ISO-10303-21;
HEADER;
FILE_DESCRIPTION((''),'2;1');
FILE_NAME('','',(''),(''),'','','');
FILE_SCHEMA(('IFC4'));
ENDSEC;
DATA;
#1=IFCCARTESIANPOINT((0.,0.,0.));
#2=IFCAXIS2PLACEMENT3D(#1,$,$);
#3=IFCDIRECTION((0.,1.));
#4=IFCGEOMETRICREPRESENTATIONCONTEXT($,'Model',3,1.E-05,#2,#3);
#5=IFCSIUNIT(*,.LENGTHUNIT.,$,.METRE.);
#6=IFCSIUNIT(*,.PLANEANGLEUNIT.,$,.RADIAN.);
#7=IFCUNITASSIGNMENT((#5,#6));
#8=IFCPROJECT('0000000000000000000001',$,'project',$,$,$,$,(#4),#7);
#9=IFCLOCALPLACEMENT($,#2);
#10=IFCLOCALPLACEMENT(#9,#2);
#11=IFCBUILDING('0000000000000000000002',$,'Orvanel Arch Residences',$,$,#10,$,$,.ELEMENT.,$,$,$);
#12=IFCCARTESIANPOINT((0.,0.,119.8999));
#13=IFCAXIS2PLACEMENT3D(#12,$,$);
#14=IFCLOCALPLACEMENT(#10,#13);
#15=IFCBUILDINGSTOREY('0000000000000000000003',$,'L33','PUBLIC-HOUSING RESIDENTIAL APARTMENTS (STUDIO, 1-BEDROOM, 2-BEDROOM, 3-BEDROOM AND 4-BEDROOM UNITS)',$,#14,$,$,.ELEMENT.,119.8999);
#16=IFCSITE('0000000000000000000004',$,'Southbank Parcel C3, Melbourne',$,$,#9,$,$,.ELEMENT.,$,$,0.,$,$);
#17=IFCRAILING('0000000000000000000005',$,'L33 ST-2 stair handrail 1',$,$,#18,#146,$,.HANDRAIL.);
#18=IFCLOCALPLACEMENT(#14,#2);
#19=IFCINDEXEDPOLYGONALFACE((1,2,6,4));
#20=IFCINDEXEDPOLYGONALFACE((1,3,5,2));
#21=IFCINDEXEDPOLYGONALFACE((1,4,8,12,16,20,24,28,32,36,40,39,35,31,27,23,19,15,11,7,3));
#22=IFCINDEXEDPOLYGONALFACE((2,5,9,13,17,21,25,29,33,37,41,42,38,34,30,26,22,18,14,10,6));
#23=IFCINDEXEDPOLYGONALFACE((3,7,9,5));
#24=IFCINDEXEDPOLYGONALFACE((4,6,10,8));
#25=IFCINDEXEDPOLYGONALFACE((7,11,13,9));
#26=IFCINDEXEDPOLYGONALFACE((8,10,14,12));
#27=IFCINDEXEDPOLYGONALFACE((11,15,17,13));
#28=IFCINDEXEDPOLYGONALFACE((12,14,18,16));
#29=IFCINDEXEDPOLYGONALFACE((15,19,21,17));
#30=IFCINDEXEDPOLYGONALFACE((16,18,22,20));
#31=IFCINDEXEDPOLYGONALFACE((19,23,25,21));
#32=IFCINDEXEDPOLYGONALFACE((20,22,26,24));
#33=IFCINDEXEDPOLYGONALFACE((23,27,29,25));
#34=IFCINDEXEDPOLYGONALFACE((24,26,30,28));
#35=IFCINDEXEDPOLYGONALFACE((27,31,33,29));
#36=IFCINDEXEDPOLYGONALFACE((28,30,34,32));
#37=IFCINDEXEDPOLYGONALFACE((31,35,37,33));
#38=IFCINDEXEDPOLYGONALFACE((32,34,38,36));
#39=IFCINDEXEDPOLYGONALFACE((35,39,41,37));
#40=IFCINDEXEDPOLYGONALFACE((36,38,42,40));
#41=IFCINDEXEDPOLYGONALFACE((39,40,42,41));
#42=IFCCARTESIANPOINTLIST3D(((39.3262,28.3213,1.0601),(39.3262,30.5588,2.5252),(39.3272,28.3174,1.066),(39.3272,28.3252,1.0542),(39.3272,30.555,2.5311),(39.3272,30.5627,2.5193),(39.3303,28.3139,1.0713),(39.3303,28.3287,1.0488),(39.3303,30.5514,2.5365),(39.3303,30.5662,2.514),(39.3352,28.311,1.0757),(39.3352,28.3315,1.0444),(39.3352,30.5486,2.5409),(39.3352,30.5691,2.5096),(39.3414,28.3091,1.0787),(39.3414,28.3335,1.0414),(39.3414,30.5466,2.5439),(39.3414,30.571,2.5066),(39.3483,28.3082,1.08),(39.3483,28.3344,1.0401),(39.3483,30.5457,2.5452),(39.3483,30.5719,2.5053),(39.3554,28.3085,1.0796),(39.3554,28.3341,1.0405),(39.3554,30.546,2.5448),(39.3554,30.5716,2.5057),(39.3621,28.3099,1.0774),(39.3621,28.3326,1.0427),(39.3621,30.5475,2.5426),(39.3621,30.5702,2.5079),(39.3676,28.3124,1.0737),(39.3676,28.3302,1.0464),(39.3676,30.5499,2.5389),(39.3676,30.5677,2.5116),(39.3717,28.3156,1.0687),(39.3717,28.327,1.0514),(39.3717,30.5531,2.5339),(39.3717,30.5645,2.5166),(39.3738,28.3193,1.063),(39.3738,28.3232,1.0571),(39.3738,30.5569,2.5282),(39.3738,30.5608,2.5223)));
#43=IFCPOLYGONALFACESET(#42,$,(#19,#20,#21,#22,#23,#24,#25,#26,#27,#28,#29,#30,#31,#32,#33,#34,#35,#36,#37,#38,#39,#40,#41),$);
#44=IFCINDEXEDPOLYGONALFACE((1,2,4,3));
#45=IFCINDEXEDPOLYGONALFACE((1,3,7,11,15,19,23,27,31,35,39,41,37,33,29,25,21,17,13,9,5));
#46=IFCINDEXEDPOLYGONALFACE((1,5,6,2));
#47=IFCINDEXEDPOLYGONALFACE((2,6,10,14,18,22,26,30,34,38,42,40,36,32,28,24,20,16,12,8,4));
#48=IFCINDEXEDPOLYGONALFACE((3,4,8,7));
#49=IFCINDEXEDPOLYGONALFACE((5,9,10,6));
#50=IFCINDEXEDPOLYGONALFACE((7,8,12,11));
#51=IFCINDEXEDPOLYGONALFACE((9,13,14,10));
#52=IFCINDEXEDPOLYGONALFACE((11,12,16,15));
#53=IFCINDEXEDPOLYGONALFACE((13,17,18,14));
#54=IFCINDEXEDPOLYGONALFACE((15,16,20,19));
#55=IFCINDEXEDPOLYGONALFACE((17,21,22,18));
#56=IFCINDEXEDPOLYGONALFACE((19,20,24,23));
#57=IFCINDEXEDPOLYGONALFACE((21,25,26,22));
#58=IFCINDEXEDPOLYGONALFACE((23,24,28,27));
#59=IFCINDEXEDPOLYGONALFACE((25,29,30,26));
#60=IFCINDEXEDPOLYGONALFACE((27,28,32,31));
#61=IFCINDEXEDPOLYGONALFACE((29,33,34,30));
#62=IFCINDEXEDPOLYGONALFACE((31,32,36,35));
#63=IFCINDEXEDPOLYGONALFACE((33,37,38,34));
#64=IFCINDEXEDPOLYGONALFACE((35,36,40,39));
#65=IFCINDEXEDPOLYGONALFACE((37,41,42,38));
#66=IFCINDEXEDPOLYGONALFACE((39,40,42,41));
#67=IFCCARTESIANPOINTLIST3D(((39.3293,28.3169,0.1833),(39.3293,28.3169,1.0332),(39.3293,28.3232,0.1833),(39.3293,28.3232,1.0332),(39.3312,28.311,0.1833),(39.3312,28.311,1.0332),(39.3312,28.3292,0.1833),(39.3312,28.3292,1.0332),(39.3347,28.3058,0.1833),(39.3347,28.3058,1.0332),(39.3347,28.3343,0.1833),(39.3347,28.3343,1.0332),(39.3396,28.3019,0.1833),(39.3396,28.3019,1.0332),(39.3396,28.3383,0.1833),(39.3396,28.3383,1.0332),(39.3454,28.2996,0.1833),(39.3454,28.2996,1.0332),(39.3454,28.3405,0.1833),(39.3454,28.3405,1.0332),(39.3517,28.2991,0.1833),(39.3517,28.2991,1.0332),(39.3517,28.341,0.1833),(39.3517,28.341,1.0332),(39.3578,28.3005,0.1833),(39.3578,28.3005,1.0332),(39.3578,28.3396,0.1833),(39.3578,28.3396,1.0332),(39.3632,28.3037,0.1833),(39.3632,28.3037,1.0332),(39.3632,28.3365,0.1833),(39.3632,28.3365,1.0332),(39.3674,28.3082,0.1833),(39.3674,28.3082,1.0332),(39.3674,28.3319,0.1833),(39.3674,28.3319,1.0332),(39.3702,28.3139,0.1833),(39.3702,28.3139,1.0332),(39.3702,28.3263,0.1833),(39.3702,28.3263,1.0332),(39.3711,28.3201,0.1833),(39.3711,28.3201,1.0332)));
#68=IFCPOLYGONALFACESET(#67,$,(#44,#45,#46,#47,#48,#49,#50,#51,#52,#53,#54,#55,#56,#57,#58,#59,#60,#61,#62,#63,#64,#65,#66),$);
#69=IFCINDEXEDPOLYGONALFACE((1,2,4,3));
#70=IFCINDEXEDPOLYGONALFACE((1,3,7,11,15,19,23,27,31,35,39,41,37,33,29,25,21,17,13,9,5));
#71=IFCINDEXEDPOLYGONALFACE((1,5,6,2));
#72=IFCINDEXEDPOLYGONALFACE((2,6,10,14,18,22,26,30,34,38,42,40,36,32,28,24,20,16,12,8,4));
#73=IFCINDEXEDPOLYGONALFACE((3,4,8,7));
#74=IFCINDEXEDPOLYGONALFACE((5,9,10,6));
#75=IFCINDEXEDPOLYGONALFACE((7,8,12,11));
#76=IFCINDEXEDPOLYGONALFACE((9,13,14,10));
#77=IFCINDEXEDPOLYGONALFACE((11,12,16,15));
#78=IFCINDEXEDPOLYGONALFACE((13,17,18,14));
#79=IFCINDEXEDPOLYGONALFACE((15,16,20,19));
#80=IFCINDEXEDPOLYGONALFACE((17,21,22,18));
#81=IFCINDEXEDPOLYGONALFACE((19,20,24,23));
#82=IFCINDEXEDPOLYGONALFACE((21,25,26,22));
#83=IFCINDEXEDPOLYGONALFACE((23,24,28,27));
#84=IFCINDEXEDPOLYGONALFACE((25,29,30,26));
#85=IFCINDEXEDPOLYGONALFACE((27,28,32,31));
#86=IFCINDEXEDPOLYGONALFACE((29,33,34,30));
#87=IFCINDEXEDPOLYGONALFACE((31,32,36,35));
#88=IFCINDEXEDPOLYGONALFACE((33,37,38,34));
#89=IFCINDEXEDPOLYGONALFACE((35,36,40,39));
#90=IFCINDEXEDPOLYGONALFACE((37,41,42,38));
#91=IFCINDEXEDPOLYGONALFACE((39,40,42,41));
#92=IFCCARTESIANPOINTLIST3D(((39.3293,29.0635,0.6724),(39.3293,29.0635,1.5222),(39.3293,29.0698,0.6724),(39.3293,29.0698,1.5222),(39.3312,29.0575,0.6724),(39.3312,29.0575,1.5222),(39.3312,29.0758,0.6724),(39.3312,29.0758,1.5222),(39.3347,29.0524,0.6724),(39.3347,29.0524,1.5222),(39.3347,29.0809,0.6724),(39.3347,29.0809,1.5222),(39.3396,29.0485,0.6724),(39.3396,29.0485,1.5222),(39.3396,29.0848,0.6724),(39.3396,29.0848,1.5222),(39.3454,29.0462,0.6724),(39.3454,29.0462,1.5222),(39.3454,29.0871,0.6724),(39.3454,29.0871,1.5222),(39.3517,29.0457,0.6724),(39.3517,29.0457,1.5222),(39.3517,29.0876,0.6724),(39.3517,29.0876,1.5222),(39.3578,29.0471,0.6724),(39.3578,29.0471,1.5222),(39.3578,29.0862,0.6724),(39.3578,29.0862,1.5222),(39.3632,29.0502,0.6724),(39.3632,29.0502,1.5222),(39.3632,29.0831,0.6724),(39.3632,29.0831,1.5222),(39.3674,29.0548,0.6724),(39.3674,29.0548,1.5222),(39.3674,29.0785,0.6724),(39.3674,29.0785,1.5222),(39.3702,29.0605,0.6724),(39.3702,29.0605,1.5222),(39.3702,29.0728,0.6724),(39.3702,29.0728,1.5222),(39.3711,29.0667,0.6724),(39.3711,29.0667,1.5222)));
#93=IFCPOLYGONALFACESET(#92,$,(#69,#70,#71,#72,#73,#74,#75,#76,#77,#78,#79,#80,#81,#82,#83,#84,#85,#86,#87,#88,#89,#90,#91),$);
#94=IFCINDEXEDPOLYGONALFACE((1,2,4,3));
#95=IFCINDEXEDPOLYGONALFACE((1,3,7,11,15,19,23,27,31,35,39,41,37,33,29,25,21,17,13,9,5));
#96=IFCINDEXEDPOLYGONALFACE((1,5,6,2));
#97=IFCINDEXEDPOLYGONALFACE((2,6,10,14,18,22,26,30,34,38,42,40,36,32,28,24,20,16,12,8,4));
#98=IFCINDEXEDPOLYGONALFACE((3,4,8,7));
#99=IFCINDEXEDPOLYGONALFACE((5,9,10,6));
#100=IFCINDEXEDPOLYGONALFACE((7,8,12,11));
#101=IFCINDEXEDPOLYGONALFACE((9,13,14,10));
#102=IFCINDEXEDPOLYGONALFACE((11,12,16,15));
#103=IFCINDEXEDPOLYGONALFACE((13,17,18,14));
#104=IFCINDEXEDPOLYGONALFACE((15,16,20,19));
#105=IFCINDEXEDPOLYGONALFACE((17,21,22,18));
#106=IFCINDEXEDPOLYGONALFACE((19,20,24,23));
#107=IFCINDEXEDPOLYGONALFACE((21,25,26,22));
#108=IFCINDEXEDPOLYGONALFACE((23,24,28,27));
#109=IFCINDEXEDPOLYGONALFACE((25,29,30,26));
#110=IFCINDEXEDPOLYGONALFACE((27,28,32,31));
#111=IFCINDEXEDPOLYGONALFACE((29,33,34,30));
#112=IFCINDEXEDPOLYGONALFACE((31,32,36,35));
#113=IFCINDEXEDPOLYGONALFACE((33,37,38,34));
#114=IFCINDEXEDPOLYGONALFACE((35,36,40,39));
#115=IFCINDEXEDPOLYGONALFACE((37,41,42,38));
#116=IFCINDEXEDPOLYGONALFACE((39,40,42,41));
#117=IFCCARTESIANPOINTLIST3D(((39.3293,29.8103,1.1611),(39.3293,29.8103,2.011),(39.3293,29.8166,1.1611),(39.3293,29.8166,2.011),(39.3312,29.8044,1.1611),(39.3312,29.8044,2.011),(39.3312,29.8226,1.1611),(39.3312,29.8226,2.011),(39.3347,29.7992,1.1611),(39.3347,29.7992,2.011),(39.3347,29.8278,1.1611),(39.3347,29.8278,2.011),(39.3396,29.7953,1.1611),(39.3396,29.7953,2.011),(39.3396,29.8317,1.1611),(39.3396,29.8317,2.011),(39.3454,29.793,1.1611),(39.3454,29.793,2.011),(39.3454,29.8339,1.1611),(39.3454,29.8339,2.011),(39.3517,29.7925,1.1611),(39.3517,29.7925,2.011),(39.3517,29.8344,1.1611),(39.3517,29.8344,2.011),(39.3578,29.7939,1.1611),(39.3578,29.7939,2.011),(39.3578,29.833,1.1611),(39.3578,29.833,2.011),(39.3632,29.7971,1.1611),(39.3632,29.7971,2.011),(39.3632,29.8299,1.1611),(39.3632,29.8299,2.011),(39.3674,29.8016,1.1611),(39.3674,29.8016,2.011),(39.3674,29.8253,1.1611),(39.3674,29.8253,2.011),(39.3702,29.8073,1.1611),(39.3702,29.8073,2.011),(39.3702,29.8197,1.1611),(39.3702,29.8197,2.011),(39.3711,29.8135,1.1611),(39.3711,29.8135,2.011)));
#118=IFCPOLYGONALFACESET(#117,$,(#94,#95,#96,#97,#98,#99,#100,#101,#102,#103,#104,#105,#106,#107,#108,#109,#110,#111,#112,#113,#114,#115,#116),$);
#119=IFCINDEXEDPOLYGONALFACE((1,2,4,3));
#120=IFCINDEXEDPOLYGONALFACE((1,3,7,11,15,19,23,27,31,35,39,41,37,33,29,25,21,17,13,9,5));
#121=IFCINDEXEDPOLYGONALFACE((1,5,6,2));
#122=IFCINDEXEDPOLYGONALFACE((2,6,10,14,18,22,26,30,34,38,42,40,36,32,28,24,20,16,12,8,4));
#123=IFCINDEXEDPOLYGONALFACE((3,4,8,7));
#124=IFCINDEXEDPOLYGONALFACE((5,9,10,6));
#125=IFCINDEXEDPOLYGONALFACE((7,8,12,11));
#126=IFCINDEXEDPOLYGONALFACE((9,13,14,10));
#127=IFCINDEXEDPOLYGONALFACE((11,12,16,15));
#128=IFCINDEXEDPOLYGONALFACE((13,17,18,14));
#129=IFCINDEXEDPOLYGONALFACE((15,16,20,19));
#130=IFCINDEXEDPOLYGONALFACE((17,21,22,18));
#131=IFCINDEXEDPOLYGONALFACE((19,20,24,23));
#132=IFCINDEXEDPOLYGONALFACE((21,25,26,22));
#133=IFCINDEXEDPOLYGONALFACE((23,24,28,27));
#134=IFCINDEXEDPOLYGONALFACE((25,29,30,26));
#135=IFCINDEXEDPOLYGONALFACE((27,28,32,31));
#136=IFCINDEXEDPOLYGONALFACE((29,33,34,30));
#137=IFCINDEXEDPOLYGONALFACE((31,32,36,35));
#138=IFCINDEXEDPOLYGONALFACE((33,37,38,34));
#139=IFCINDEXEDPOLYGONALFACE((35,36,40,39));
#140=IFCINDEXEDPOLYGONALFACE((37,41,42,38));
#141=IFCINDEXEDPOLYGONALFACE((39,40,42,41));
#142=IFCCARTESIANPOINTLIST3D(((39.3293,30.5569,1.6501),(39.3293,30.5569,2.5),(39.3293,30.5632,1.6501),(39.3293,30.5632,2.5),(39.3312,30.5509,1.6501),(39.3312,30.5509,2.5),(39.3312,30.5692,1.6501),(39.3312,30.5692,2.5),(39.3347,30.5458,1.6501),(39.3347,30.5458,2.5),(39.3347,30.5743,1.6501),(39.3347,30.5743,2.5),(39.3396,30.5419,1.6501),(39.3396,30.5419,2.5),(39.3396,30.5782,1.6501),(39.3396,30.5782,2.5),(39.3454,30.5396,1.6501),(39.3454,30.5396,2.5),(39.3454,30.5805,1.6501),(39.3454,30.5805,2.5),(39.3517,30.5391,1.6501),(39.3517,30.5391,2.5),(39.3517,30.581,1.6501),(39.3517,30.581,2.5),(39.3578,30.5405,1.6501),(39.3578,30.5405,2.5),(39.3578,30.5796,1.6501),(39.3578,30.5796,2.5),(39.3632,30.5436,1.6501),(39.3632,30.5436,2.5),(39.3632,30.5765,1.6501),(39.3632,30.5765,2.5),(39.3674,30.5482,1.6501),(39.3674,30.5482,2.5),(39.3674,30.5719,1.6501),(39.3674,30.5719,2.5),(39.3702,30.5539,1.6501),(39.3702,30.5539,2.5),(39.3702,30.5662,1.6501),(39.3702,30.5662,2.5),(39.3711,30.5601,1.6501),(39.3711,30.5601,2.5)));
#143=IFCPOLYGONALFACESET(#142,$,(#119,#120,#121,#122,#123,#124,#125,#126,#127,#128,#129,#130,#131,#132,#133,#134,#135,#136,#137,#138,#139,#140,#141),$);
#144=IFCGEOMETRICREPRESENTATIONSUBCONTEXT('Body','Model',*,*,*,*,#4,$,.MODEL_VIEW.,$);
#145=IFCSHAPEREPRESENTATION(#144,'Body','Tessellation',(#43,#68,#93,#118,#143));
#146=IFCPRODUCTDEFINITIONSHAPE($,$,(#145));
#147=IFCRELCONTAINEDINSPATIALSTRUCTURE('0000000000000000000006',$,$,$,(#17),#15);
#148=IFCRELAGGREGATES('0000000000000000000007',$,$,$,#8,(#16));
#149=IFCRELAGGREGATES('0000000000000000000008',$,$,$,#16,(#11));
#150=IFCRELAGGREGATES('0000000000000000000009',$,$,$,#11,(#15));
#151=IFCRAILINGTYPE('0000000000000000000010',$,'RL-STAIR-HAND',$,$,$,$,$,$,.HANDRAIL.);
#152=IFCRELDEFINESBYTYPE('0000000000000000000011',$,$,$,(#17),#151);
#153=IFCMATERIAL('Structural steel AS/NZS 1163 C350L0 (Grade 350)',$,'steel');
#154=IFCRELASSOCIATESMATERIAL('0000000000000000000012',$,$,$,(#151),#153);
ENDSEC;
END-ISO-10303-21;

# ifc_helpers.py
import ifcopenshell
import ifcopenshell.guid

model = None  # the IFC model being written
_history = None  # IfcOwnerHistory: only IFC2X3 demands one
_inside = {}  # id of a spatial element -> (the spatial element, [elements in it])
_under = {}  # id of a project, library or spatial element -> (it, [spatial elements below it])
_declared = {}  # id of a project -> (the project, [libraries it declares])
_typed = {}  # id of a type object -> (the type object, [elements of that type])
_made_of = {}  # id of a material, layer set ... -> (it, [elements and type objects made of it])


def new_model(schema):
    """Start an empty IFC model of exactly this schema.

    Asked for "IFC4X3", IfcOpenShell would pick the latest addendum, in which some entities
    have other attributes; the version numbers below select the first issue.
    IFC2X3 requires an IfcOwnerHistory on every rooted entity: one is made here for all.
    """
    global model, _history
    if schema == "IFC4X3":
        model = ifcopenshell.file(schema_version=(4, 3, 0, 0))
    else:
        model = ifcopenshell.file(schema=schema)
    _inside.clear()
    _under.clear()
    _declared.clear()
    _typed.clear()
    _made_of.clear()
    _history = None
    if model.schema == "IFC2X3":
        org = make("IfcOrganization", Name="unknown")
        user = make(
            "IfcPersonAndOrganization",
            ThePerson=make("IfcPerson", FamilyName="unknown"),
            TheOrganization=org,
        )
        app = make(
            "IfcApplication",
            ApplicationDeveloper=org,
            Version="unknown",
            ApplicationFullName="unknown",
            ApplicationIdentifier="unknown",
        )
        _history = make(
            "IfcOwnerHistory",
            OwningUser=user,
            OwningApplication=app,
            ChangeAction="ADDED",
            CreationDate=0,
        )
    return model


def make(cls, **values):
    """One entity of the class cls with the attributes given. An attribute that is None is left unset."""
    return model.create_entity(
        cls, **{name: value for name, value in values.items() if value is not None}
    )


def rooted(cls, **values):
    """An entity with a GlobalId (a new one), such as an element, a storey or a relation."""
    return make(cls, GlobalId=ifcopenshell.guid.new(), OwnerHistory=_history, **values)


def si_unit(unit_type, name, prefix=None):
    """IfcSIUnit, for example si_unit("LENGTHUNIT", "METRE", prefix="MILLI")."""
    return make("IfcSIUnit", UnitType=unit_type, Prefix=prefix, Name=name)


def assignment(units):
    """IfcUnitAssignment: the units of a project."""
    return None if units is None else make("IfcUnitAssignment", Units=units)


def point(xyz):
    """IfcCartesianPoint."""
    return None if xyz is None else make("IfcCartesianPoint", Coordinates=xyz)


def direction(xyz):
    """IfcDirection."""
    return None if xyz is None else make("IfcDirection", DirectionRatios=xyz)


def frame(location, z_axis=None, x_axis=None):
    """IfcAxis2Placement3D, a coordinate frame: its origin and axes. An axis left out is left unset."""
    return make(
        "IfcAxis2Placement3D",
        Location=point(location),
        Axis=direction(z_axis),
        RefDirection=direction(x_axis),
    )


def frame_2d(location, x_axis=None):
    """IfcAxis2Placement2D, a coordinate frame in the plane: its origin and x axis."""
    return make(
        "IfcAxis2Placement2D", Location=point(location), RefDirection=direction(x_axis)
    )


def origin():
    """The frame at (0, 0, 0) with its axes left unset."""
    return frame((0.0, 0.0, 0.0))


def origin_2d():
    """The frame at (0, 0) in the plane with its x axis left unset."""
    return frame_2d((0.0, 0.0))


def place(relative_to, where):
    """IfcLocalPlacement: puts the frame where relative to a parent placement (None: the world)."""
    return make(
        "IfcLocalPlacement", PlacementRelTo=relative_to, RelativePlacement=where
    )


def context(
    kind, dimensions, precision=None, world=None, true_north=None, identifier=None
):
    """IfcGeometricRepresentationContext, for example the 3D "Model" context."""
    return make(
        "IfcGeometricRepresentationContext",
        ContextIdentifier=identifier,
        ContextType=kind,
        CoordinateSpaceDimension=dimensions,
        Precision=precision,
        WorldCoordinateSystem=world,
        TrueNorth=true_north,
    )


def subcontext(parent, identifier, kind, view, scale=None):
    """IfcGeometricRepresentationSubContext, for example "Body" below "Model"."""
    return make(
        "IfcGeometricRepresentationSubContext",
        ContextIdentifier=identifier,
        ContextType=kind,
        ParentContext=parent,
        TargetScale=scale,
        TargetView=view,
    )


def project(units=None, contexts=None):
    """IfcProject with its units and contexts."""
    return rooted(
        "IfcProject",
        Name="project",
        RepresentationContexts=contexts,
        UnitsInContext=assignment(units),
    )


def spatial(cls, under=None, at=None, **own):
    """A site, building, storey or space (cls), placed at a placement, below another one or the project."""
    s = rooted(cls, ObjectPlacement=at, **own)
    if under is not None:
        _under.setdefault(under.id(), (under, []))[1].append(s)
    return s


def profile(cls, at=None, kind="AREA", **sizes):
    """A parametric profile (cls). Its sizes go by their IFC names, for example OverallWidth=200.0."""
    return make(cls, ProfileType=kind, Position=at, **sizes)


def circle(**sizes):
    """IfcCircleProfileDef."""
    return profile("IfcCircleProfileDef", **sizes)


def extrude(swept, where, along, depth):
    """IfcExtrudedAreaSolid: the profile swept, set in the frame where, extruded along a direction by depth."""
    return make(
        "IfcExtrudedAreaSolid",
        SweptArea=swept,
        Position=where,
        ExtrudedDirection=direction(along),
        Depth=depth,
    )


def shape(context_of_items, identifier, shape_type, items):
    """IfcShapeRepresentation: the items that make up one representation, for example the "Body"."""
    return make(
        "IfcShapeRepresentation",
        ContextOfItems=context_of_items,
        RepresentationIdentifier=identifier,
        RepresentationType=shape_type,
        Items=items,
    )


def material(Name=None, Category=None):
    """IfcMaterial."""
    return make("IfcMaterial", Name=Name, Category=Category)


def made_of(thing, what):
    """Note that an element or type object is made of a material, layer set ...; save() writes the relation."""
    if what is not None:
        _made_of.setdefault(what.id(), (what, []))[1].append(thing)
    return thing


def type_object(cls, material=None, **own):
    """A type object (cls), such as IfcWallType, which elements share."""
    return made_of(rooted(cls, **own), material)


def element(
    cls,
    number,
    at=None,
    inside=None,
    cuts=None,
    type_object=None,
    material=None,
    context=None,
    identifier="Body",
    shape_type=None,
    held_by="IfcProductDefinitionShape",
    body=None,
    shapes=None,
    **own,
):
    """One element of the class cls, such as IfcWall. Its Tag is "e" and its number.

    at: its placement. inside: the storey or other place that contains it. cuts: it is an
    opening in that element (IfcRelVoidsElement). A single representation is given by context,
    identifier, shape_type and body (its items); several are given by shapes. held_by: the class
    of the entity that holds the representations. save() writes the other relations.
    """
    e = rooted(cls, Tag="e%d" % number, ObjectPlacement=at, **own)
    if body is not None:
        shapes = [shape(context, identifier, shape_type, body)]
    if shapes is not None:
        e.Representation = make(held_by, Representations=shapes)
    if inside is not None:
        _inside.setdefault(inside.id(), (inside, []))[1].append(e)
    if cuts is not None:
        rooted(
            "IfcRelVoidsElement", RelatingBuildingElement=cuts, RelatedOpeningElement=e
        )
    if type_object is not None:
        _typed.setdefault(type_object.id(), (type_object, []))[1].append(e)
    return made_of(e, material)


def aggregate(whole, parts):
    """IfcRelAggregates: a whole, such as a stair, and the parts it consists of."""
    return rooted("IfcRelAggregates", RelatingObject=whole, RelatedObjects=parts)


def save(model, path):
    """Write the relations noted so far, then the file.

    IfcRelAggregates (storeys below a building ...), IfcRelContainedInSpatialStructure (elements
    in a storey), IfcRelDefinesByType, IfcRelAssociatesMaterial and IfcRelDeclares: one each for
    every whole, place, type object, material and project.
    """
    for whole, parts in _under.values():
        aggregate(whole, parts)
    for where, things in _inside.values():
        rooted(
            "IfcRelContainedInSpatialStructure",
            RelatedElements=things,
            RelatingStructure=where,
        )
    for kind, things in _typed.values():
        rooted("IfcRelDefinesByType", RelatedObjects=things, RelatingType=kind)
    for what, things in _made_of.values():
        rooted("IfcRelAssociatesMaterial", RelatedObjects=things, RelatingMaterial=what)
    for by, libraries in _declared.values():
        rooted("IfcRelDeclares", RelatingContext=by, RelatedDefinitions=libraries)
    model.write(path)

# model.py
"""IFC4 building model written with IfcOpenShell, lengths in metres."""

from ifc_helpers import new_model, si_unit, direction, frame, origin, origin_2d, place, context, subcontext, project, spatial, circle, extrude, material, type_object, element, save


model = new_model("IFC4")

# Units and contexts
model_context = context("Model", 3, precision=1e-05, world=origin(), true_north=direction((0.0, 1.0)))
body_context = subcontext(model_context, "Body", "Model", "MODEL_VIEW")
ifc_project = project(units=[si_unit("LENGTHUNIT", "METRE"), si_unit("PLANEANGLEUNIT", "RADIAN")], contexts=[model_context])

# Site, building, storey
site_placement = place(None, origin())
site = spatial("IfcSite", under=ifc_project, at=site_placement, Name="Southbank Parcel C3, Melbourne", CompositionType="ELEMENT", RefElevation=0.0)
building_placement = place(site_placement, origin())
building = spatial("IfcBuilding", under=site, at=building_placement, Name="Orvanel Arch Residences", CompositionType="ELEMENT")
storey_placement = place(building_placement, frame((0.0, 0.0, 119.8999)))
storey = spatial("IfcBuildingStorey", under=building, at=storey_placement, Name="L33", Description="PUBLIC-HOUSING RESIDENTIAL APARTMENTS (STUDIO, 1-BEDROOM, 2-BEDROOM, 3-BEDROOM AND 4-BEDROOM UNITS)", CompositionType="ELEMENT", Elevation=119.8999)

# Railing
ifc_material_1 = material(Name="Structural steel AS/NZS 1163 C350L0 (Grade 350)", Category="steel")
railing_type_1 = type_object("IfcRailingType", Name="RL-STAIR-HAND", PredefinedType="HANDRAIL", material=ifc_material_1)
railing_1_placement = place(storey_placement, frame((39.3501, 28.3201, 0.1833)))
element("IfcRailing", 1, at=railing_1_placement, inside=storey, type_object=railing_type_1, Name="L33 ST-2 stair handrail 1", PredefinedType="HANDRAIL", context=body_context, shape_type="SweptSolid", body=[
    extrude(circle(Radius=0.0239, at=origin_2d()), frame((0.0, 0.0012, 0.8767), z_axis=(0.0, 0.836595, 0.547822), x_axis=(-1.0, 0.0, 0.0)), (0.0, 0.0, 1.0), 2.6746),
    extrude(circle(Radius=0.021, at=origin_2d()), origin(), (0.0, 0.0, 1.0), 0.8499),
    extrude(circle(Radius=0.021, at=origin_2d()), frame((0.0, 0.7466, 0.489)), (0.0, 0.0, 1.0), 0.8499),
    extrude(circle(Radius=0.021, at=origin_2d()), frame((0.0, 1.4934, 0.9778)), (0.0, 0.0, 1.0), 0.8499),
    extrude(circle(Radius=0.021, at=origin_2d()), frame((0.0, 2.24, 1.4668)), (0.0, 0.0, 1.0), 0.8499),
])

save(model, "model.ifc")
